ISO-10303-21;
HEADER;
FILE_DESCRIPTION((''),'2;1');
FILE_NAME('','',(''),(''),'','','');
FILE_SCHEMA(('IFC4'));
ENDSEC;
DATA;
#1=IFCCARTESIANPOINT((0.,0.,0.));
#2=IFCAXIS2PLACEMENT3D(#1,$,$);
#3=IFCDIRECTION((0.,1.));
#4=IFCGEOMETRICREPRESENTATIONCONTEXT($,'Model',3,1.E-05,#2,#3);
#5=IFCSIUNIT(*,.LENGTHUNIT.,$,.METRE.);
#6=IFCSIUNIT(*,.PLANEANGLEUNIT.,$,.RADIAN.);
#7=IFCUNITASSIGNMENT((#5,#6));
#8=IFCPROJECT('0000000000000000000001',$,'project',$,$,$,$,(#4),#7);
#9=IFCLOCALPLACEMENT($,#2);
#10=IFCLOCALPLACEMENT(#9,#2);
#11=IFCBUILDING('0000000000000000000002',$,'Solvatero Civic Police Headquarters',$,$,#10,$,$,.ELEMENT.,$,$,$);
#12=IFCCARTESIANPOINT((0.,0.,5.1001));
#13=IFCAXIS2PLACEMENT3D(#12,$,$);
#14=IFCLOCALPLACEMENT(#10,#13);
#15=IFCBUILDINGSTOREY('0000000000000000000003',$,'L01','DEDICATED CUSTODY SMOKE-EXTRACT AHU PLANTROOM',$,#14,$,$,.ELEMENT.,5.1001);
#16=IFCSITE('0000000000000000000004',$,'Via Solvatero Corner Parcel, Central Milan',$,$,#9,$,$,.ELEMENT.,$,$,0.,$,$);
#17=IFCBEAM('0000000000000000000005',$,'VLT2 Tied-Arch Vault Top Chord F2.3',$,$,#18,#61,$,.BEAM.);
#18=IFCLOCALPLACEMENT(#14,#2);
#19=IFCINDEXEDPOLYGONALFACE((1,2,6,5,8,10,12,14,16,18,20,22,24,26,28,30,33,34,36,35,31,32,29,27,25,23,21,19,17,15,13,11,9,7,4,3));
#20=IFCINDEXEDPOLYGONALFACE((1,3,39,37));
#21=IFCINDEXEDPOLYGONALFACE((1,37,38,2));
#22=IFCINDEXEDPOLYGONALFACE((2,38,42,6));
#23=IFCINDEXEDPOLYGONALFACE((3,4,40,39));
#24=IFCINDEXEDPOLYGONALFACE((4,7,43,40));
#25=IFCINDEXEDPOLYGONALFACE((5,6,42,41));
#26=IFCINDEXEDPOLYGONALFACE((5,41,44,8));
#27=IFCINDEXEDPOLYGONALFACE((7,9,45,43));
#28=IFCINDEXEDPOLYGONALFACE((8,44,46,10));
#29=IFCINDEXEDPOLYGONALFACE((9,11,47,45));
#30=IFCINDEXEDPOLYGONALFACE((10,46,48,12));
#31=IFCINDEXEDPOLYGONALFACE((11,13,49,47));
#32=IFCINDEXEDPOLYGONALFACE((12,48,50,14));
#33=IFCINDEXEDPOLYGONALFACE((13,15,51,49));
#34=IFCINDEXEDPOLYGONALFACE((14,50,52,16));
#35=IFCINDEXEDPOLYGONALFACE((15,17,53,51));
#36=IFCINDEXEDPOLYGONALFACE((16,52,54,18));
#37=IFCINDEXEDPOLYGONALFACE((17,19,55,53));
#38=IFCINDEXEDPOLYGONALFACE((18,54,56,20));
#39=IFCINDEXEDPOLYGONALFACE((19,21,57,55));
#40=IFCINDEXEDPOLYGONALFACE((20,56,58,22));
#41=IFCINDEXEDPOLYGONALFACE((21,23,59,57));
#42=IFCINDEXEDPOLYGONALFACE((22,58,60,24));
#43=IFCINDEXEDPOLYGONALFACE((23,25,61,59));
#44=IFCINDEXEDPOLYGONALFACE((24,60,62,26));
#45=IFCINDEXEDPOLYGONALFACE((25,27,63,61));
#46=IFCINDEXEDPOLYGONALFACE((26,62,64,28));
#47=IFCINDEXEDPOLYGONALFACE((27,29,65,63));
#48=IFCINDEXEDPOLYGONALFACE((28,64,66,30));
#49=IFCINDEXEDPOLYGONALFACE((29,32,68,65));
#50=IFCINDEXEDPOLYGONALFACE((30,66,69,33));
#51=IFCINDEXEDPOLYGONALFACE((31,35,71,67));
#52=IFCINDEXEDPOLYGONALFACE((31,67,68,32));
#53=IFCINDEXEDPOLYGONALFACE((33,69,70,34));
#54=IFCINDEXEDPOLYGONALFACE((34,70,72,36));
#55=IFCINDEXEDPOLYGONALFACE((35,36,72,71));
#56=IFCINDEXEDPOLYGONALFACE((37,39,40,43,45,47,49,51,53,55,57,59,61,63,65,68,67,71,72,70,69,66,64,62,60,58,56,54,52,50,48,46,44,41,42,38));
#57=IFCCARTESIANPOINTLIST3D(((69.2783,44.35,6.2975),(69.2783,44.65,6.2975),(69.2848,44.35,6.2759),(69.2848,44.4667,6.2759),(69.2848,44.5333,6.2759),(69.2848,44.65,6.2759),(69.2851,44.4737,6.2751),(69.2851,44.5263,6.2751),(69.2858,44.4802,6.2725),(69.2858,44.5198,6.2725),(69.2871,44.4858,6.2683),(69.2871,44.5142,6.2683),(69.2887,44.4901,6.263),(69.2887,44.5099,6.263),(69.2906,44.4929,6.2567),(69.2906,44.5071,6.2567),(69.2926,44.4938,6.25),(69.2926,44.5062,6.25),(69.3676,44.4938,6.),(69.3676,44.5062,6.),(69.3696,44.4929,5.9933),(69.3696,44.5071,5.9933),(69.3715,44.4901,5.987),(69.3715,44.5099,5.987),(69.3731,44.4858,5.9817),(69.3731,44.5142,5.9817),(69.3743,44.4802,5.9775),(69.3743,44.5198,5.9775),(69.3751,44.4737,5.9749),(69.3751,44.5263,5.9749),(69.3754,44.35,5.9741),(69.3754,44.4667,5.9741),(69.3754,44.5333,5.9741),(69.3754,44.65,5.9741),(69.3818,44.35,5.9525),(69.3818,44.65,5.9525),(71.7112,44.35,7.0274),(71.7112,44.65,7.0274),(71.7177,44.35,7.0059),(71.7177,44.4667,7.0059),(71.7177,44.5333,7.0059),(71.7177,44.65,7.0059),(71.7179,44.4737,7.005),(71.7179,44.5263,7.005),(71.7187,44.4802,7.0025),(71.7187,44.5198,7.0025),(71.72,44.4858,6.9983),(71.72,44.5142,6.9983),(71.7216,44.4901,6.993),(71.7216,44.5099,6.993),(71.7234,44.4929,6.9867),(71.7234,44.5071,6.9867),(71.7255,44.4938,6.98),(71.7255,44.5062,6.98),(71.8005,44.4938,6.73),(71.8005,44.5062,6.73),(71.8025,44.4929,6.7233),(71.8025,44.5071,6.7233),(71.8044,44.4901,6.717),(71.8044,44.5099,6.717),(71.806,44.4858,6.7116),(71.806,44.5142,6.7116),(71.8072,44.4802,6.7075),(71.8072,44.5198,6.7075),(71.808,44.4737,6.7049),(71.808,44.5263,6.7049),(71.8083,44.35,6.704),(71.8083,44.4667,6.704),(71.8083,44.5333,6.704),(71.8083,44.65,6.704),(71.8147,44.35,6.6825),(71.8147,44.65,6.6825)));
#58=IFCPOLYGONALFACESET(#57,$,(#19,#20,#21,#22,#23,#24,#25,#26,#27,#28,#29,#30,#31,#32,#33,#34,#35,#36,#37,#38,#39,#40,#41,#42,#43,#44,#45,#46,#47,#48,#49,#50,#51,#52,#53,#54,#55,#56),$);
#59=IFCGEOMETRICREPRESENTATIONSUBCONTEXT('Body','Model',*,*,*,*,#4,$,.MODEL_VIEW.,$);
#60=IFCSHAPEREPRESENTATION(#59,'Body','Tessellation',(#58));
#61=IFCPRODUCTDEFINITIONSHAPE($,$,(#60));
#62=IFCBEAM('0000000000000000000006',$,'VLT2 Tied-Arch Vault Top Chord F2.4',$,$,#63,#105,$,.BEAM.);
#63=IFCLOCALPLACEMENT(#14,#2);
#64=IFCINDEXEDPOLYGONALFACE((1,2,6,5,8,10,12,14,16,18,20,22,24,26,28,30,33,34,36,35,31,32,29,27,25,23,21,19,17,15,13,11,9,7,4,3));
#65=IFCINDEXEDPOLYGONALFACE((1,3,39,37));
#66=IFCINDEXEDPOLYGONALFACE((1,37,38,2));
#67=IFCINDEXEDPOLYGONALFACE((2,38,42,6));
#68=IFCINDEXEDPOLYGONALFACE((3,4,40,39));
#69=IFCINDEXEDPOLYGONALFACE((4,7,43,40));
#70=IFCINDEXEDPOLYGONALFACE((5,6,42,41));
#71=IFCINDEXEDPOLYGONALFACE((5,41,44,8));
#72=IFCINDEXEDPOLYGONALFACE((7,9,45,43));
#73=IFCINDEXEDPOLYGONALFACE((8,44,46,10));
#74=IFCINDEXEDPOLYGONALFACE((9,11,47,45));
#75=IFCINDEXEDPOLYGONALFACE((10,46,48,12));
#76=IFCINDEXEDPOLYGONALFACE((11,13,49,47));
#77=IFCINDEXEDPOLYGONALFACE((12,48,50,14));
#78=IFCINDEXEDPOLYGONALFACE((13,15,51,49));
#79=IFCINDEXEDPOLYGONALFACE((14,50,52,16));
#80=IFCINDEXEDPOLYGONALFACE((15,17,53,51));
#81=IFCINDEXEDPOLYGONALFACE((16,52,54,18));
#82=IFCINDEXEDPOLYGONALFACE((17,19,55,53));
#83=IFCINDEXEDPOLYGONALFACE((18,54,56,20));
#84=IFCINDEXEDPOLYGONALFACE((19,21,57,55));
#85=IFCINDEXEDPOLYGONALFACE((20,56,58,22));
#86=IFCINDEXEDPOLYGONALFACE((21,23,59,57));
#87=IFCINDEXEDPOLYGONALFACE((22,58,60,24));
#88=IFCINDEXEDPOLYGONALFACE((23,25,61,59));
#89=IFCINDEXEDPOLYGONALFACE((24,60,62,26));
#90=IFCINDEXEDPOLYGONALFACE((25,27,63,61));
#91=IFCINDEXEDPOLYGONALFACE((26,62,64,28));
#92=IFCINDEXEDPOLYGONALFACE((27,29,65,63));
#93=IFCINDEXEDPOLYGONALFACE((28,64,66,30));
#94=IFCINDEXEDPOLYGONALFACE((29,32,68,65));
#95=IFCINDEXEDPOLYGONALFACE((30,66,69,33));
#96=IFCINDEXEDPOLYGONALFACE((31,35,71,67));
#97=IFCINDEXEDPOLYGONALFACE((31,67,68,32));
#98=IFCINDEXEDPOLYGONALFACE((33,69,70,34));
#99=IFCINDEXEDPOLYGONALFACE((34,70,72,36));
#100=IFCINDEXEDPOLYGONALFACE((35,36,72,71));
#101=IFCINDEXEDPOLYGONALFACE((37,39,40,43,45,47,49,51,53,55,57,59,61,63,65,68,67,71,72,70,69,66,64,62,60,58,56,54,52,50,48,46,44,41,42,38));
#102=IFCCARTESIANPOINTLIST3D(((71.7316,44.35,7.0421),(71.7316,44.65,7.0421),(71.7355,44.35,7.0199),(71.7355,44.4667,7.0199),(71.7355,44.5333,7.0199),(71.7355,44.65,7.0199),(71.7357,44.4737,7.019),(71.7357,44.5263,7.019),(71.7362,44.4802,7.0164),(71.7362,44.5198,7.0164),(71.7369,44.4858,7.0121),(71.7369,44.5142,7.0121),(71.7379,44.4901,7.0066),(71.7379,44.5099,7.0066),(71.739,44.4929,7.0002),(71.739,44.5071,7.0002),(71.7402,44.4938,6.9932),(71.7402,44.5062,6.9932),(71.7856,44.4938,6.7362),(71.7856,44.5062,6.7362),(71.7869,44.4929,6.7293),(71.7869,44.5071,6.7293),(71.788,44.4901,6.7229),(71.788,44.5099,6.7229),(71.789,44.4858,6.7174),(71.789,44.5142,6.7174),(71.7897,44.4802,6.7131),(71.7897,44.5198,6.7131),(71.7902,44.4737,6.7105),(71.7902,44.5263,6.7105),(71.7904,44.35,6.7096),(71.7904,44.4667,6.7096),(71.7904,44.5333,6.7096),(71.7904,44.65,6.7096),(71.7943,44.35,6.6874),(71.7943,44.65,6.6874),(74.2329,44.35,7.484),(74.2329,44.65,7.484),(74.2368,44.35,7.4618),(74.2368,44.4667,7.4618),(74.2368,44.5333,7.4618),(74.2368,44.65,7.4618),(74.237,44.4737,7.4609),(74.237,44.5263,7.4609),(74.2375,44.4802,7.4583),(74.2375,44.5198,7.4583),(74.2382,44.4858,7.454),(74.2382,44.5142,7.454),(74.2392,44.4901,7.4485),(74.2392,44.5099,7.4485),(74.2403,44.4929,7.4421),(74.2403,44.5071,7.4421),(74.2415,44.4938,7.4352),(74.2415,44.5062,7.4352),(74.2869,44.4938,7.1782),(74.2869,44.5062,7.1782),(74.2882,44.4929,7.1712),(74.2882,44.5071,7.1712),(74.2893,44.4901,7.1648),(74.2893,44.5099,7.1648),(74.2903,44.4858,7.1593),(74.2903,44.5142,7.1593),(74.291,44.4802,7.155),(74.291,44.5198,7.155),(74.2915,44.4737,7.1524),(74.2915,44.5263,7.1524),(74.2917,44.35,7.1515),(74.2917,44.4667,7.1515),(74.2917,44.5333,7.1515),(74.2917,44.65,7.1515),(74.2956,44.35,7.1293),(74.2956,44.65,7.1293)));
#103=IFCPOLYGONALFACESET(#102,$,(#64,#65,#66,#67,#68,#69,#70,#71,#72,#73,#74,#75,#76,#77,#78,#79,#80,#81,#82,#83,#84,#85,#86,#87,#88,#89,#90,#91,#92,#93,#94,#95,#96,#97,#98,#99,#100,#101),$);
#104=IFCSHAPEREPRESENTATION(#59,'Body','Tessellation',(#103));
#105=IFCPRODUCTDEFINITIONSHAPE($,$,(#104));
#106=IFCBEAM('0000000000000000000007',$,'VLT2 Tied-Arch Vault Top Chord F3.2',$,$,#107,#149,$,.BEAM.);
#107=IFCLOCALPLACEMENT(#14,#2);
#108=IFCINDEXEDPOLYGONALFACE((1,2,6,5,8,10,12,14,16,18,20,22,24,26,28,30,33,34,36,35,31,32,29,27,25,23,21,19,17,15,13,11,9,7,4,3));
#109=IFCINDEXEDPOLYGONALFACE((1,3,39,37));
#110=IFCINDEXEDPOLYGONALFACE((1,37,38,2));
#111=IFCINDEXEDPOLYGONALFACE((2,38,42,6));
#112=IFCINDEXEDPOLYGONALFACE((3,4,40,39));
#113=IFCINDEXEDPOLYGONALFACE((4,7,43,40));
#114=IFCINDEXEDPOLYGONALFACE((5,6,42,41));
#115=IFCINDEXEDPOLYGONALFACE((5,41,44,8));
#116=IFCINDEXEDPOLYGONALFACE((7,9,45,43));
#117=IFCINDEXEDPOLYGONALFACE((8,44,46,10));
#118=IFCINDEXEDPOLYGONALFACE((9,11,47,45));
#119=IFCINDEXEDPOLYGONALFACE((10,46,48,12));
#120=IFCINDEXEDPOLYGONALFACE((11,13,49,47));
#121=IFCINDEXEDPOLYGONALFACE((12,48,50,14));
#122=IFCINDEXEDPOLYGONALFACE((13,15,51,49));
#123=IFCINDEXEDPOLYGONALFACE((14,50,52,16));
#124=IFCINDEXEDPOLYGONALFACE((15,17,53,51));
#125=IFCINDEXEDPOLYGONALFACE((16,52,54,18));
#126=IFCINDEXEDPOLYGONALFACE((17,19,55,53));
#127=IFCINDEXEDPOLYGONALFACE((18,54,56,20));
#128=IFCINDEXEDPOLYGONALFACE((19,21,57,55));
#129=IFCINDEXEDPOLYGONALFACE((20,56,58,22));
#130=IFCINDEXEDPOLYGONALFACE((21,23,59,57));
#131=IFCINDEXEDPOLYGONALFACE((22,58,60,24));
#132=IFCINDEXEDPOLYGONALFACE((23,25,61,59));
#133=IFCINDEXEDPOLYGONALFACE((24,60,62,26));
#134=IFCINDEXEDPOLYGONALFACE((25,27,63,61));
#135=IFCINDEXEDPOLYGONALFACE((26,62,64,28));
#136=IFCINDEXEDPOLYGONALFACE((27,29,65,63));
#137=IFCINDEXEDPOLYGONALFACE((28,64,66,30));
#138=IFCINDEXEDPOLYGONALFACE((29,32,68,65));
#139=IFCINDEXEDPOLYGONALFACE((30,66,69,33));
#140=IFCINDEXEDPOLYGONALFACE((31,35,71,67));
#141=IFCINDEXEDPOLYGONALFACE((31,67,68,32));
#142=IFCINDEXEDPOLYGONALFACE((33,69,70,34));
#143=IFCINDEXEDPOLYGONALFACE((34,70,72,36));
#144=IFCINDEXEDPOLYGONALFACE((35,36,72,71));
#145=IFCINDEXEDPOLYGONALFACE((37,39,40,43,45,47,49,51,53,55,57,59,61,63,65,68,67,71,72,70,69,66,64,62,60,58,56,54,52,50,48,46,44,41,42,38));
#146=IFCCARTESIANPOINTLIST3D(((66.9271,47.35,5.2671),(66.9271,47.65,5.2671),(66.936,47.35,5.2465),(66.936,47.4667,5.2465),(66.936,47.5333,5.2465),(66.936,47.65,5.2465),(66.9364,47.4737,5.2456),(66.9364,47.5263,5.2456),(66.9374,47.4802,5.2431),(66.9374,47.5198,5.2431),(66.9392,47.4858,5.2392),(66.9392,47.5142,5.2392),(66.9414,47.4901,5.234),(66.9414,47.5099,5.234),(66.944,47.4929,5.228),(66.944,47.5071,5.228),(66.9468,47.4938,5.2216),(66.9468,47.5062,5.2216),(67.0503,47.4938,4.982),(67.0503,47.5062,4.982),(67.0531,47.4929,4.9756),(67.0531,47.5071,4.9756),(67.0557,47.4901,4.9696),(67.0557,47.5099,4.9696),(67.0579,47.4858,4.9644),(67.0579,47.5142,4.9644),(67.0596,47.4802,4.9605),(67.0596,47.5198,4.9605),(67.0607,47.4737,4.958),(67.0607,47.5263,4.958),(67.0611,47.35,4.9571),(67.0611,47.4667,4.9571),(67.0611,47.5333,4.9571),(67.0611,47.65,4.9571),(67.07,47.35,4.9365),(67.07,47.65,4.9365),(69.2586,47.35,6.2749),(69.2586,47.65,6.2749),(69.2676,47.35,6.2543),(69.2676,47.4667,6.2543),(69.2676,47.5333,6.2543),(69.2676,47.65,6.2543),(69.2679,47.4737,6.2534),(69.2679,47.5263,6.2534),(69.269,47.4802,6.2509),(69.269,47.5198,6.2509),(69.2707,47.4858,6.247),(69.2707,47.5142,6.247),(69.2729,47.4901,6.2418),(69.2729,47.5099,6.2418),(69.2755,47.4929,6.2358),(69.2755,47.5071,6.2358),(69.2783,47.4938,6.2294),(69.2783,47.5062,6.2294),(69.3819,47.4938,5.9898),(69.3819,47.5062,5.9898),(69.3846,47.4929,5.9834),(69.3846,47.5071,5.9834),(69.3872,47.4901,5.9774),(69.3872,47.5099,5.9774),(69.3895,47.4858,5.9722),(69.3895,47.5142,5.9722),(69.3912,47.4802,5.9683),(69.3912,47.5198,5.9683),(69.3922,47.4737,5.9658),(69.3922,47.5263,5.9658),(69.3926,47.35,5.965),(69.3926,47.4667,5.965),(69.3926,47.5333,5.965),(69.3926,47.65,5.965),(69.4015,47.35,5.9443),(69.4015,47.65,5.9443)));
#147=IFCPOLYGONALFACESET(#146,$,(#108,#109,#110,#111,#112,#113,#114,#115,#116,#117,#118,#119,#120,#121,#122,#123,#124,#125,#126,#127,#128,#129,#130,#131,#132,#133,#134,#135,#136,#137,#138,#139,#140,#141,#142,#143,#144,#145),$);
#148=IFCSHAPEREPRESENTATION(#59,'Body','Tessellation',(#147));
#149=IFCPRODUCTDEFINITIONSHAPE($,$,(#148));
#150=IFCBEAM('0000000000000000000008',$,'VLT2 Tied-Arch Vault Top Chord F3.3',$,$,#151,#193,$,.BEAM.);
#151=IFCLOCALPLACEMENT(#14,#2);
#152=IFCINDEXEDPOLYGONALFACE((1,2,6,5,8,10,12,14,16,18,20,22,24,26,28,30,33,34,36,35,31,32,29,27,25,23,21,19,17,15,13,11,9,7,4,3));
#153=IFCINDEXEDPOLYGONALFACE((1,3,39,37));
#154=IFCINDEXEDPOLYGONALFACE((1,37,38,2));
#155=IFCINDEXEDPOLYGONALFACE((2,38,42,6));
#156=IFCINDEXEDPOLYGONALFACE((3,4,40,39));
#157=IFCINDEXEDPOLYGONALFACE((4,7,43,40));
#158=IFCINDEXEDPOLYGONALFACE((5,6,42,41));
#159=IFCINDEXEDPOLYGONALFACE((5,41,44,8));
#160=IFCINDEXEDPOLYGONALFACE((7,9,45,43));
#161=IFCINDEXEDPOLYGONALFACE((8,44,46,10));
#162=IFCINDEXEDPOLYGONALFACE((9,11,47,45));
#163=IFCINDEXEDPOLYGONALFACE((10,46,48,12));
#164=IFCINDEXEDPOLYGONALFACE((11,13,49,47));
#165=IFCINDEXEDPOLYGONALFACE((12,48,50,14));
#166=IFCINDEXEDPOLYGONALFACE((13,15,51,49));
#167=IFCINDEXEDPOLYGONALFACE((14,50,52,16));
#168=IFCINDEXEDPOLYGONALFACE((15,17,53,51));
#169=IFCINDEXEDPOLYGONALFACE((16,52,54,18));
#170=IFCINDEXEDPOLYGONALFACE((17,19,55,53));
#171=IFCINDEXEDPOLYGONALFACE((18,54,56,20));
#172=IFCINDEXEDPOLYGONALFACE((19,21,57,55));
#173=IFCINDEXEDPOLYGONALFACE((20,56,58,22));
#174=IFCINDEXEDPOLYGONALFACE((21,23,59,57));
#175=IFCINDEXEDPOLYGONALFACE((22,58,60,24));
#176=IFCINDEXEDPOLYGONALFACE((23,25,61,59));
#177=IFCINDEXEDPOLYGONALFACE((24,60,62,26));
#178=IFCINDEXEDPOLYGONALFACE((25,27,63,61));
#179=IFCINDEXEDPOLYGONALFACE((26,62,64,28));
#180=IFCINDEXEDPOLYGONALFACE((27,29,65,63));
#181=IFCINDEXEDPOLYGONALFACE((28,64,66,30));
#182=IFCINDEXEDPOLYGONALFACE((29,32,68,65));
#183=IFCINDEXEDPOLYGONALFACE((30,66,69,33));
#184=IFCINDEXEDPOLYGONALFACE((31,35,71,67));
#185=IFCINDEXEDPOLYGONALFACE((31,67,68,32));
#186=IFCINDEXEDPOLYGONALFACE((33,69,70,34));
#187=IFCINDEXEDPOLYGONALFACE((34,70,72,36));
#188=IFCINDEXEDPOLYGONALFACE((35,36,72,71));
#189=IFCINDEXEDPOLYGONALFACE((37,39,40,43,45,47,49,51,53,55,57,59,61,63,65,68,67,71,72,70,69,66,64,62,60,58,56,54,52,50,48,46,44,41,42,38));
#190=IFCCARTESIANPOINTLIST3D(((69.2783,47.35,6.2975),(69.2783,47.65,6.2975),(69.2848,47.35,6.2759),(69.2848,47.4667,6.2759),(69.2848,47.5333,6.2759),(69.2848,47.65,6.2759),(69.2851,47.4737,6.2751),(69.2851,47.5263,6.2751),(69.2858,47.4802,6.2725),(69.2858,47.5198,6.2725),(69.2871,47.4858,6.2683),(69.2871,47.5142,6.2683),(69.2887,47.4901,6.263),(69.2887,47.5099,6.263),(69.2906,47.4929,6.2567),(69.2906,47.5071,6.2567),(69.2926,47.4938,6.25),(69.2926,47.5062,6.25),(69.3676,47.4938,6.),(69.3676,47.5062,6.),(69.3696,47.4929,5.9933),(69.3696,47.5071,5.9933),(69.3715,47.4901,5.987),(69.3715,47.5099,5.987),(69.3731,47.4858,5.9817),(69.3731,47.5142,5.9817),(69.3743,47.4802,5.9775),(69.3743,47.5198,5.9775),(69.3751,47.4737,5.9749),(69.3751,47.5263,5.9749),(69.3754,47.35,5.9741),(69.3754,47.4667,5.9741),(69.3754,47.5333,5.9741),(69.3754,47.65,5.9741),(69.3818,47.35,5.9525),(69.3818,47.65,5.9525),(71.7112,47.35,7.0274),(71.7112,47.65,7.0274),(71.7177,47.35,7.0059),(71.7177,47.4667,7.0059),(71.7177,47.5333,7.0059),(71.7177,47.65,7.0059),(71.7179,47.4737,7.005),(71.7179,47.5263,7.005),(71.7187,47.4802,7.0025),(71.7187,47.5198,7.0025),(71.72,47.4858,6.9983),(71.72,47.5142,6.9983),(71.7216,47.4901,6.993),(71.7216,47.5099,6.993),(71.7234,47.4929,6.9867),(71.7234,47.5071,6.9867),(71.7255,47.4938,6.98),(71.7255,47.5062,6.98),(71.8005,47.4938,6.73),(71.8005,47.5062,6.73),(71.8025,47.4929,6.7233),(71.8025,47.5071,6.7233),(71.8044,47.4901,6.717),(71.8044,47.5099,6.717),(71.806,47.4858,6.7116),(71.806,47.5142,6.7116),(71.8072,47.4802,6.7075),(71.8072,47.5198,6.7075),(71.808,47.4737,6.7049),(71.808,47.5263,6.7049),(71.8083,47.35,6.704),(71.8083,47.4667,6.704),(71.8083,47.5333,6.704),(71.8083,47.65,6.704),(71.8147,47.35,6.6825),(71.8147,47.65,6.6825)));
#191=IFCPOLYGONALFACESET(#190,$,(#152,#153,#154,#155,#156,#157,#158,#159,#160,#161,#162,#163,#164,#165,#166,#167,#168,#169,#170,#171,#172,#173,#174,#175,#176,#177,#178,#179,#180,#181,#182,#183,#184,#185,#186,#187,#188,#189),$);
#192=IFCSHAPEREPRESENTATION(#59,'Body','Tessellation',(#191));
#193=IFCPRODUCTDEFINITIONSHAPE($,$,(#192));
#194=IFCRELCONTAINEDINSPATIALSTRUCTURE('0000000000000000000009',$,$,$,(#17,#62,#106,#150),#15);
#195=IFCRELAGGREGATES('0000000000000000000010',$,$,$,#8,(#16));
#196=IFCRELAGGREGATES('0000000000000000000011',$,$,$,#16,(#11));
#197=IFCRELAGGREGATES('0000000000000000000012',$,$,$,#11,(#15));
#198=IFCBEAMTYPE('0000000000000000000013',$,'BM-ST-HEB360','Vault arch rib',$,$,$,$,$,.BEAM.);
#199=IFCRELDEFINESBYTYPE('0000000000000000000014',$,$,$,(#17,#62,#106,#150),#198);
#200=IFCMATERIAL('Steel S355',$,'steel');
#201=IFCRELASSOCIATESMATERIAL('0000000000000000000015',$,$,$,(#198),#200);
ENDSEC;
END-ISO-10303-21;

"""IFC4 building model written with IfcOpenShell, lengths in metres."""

from ifc_helpers import new_model, si_unit, direction, frame, origin, origin_2d, place, context, subcontext, project, spatial, i_section, extrude, material, material_profile, profile_set, type_object, element, save


model = new_model("IFC4")

# Units and contexts
model_context = context("Model", 3, precision=1e-05, world=origin(), true_north=direction((0.0, 1.0)))
body_context = subcontext(model_context, "Body", "Model", "MODEL_VIEW")
ifc_project = project(units=[si_unit("LENGTHUNIT", "METRE"), si_unit("PLANEANGLEUNIT", "RADIAN")], contexts=[model_context])

# Site, building, storey
site_placement = place(None, origin())
site = spatial("IfcSite", under=ifc_project, at=site_placement, Name="Via Solvatero Corner Parcel, Central Milan", CompositionType="ELEMENT", RefElevation=0.0)
building_placement = place(site_placement, origin())
building = spatial("IfcBuilding", under=site, at=building_placement, Name="Solvatero Civic Police Headquarters", CompositionType="ELEMENT")
storey_placement = place(building_placement, frame((0.0, 0.0, 5.1001)))
storey = spatial("IfcBuildingStorey", under=building, at=storey_placement, Name="L01", Description="DEDICATED CUSTODY SMOKE-EXTRACT AHU PLANTROOM", CompositionType="ELEMENT", Elevation=5.1001)

# Beams
ifc_material_1 = material(Name="Steel S355", Category="steel")
ifc_material_profile_1 = material_profile(ifc_material_1, i_section(OverallWidth=0.3, OverallDepth=0.3601, WebThickness=0.0125, FlangeThickness=0.0225, FilletRadius=0.0271, at=origin_2d()), Name="HEB 360")
ifc_profile_set_1 = profile_set([ifc_material_profile_1], Name="Steel S355")
beam_type_1 = type_object("IfcBeamType", Name="BM-ST-HEB360", Description="Vault arch rib", PredefinedType="BEAM", material=ifc_profile_set_1)
for number, where, z_axis, x_axis, name in (
    (1, (69.3301, 44.5, 6.125), (0.957813, 0.0, 0.287392), (0.0, 1.0, 0.0), "VLT2 Tied-Arch Vault Top Chord F2.3"),
    (2, (71.7629, 44.5, 6.8647), (0.98475, 0.0, 0.173977), (0.0, 1.0, 0.0), "VLT2 Tied-Arch Vault Top Chord F2.4"),
    (3, (66.9985, 47.5, 5.1018), (0.917918, 0.0, 0.396771), (0.0, 1.0, 0.0), "VLT2 Tied-Arch Vault Top Chord F3.2"),
    (4, (69.3301, 47.5, 6.125), (0.957813, 0.0, 0.287392), (0.0, 1.0, 0.0), "VLT2 Tied-Arch Vault Top Chord F3.3"),
):
    element("IfcBeam", number, at=place(storey_placement, frame(where, z_axis=z_axis, x_axis=x_axis)), inside=storey, type_object=beam_type_1, Name=name, PredefinedType="BEAM", context=body_context, shape_type="SweptSolid", body=[
        extrude(i_section(OverallWidth=0.3, OverallDepth=0.3601, WebThickness=0.0125, FlangeThickness=0.0225, FilletRadius=0.0271, at=origin_2d()), origin(), (0.0, 0.0, 1.0), 2.54),
    ])

save(model, "model.ifc")
